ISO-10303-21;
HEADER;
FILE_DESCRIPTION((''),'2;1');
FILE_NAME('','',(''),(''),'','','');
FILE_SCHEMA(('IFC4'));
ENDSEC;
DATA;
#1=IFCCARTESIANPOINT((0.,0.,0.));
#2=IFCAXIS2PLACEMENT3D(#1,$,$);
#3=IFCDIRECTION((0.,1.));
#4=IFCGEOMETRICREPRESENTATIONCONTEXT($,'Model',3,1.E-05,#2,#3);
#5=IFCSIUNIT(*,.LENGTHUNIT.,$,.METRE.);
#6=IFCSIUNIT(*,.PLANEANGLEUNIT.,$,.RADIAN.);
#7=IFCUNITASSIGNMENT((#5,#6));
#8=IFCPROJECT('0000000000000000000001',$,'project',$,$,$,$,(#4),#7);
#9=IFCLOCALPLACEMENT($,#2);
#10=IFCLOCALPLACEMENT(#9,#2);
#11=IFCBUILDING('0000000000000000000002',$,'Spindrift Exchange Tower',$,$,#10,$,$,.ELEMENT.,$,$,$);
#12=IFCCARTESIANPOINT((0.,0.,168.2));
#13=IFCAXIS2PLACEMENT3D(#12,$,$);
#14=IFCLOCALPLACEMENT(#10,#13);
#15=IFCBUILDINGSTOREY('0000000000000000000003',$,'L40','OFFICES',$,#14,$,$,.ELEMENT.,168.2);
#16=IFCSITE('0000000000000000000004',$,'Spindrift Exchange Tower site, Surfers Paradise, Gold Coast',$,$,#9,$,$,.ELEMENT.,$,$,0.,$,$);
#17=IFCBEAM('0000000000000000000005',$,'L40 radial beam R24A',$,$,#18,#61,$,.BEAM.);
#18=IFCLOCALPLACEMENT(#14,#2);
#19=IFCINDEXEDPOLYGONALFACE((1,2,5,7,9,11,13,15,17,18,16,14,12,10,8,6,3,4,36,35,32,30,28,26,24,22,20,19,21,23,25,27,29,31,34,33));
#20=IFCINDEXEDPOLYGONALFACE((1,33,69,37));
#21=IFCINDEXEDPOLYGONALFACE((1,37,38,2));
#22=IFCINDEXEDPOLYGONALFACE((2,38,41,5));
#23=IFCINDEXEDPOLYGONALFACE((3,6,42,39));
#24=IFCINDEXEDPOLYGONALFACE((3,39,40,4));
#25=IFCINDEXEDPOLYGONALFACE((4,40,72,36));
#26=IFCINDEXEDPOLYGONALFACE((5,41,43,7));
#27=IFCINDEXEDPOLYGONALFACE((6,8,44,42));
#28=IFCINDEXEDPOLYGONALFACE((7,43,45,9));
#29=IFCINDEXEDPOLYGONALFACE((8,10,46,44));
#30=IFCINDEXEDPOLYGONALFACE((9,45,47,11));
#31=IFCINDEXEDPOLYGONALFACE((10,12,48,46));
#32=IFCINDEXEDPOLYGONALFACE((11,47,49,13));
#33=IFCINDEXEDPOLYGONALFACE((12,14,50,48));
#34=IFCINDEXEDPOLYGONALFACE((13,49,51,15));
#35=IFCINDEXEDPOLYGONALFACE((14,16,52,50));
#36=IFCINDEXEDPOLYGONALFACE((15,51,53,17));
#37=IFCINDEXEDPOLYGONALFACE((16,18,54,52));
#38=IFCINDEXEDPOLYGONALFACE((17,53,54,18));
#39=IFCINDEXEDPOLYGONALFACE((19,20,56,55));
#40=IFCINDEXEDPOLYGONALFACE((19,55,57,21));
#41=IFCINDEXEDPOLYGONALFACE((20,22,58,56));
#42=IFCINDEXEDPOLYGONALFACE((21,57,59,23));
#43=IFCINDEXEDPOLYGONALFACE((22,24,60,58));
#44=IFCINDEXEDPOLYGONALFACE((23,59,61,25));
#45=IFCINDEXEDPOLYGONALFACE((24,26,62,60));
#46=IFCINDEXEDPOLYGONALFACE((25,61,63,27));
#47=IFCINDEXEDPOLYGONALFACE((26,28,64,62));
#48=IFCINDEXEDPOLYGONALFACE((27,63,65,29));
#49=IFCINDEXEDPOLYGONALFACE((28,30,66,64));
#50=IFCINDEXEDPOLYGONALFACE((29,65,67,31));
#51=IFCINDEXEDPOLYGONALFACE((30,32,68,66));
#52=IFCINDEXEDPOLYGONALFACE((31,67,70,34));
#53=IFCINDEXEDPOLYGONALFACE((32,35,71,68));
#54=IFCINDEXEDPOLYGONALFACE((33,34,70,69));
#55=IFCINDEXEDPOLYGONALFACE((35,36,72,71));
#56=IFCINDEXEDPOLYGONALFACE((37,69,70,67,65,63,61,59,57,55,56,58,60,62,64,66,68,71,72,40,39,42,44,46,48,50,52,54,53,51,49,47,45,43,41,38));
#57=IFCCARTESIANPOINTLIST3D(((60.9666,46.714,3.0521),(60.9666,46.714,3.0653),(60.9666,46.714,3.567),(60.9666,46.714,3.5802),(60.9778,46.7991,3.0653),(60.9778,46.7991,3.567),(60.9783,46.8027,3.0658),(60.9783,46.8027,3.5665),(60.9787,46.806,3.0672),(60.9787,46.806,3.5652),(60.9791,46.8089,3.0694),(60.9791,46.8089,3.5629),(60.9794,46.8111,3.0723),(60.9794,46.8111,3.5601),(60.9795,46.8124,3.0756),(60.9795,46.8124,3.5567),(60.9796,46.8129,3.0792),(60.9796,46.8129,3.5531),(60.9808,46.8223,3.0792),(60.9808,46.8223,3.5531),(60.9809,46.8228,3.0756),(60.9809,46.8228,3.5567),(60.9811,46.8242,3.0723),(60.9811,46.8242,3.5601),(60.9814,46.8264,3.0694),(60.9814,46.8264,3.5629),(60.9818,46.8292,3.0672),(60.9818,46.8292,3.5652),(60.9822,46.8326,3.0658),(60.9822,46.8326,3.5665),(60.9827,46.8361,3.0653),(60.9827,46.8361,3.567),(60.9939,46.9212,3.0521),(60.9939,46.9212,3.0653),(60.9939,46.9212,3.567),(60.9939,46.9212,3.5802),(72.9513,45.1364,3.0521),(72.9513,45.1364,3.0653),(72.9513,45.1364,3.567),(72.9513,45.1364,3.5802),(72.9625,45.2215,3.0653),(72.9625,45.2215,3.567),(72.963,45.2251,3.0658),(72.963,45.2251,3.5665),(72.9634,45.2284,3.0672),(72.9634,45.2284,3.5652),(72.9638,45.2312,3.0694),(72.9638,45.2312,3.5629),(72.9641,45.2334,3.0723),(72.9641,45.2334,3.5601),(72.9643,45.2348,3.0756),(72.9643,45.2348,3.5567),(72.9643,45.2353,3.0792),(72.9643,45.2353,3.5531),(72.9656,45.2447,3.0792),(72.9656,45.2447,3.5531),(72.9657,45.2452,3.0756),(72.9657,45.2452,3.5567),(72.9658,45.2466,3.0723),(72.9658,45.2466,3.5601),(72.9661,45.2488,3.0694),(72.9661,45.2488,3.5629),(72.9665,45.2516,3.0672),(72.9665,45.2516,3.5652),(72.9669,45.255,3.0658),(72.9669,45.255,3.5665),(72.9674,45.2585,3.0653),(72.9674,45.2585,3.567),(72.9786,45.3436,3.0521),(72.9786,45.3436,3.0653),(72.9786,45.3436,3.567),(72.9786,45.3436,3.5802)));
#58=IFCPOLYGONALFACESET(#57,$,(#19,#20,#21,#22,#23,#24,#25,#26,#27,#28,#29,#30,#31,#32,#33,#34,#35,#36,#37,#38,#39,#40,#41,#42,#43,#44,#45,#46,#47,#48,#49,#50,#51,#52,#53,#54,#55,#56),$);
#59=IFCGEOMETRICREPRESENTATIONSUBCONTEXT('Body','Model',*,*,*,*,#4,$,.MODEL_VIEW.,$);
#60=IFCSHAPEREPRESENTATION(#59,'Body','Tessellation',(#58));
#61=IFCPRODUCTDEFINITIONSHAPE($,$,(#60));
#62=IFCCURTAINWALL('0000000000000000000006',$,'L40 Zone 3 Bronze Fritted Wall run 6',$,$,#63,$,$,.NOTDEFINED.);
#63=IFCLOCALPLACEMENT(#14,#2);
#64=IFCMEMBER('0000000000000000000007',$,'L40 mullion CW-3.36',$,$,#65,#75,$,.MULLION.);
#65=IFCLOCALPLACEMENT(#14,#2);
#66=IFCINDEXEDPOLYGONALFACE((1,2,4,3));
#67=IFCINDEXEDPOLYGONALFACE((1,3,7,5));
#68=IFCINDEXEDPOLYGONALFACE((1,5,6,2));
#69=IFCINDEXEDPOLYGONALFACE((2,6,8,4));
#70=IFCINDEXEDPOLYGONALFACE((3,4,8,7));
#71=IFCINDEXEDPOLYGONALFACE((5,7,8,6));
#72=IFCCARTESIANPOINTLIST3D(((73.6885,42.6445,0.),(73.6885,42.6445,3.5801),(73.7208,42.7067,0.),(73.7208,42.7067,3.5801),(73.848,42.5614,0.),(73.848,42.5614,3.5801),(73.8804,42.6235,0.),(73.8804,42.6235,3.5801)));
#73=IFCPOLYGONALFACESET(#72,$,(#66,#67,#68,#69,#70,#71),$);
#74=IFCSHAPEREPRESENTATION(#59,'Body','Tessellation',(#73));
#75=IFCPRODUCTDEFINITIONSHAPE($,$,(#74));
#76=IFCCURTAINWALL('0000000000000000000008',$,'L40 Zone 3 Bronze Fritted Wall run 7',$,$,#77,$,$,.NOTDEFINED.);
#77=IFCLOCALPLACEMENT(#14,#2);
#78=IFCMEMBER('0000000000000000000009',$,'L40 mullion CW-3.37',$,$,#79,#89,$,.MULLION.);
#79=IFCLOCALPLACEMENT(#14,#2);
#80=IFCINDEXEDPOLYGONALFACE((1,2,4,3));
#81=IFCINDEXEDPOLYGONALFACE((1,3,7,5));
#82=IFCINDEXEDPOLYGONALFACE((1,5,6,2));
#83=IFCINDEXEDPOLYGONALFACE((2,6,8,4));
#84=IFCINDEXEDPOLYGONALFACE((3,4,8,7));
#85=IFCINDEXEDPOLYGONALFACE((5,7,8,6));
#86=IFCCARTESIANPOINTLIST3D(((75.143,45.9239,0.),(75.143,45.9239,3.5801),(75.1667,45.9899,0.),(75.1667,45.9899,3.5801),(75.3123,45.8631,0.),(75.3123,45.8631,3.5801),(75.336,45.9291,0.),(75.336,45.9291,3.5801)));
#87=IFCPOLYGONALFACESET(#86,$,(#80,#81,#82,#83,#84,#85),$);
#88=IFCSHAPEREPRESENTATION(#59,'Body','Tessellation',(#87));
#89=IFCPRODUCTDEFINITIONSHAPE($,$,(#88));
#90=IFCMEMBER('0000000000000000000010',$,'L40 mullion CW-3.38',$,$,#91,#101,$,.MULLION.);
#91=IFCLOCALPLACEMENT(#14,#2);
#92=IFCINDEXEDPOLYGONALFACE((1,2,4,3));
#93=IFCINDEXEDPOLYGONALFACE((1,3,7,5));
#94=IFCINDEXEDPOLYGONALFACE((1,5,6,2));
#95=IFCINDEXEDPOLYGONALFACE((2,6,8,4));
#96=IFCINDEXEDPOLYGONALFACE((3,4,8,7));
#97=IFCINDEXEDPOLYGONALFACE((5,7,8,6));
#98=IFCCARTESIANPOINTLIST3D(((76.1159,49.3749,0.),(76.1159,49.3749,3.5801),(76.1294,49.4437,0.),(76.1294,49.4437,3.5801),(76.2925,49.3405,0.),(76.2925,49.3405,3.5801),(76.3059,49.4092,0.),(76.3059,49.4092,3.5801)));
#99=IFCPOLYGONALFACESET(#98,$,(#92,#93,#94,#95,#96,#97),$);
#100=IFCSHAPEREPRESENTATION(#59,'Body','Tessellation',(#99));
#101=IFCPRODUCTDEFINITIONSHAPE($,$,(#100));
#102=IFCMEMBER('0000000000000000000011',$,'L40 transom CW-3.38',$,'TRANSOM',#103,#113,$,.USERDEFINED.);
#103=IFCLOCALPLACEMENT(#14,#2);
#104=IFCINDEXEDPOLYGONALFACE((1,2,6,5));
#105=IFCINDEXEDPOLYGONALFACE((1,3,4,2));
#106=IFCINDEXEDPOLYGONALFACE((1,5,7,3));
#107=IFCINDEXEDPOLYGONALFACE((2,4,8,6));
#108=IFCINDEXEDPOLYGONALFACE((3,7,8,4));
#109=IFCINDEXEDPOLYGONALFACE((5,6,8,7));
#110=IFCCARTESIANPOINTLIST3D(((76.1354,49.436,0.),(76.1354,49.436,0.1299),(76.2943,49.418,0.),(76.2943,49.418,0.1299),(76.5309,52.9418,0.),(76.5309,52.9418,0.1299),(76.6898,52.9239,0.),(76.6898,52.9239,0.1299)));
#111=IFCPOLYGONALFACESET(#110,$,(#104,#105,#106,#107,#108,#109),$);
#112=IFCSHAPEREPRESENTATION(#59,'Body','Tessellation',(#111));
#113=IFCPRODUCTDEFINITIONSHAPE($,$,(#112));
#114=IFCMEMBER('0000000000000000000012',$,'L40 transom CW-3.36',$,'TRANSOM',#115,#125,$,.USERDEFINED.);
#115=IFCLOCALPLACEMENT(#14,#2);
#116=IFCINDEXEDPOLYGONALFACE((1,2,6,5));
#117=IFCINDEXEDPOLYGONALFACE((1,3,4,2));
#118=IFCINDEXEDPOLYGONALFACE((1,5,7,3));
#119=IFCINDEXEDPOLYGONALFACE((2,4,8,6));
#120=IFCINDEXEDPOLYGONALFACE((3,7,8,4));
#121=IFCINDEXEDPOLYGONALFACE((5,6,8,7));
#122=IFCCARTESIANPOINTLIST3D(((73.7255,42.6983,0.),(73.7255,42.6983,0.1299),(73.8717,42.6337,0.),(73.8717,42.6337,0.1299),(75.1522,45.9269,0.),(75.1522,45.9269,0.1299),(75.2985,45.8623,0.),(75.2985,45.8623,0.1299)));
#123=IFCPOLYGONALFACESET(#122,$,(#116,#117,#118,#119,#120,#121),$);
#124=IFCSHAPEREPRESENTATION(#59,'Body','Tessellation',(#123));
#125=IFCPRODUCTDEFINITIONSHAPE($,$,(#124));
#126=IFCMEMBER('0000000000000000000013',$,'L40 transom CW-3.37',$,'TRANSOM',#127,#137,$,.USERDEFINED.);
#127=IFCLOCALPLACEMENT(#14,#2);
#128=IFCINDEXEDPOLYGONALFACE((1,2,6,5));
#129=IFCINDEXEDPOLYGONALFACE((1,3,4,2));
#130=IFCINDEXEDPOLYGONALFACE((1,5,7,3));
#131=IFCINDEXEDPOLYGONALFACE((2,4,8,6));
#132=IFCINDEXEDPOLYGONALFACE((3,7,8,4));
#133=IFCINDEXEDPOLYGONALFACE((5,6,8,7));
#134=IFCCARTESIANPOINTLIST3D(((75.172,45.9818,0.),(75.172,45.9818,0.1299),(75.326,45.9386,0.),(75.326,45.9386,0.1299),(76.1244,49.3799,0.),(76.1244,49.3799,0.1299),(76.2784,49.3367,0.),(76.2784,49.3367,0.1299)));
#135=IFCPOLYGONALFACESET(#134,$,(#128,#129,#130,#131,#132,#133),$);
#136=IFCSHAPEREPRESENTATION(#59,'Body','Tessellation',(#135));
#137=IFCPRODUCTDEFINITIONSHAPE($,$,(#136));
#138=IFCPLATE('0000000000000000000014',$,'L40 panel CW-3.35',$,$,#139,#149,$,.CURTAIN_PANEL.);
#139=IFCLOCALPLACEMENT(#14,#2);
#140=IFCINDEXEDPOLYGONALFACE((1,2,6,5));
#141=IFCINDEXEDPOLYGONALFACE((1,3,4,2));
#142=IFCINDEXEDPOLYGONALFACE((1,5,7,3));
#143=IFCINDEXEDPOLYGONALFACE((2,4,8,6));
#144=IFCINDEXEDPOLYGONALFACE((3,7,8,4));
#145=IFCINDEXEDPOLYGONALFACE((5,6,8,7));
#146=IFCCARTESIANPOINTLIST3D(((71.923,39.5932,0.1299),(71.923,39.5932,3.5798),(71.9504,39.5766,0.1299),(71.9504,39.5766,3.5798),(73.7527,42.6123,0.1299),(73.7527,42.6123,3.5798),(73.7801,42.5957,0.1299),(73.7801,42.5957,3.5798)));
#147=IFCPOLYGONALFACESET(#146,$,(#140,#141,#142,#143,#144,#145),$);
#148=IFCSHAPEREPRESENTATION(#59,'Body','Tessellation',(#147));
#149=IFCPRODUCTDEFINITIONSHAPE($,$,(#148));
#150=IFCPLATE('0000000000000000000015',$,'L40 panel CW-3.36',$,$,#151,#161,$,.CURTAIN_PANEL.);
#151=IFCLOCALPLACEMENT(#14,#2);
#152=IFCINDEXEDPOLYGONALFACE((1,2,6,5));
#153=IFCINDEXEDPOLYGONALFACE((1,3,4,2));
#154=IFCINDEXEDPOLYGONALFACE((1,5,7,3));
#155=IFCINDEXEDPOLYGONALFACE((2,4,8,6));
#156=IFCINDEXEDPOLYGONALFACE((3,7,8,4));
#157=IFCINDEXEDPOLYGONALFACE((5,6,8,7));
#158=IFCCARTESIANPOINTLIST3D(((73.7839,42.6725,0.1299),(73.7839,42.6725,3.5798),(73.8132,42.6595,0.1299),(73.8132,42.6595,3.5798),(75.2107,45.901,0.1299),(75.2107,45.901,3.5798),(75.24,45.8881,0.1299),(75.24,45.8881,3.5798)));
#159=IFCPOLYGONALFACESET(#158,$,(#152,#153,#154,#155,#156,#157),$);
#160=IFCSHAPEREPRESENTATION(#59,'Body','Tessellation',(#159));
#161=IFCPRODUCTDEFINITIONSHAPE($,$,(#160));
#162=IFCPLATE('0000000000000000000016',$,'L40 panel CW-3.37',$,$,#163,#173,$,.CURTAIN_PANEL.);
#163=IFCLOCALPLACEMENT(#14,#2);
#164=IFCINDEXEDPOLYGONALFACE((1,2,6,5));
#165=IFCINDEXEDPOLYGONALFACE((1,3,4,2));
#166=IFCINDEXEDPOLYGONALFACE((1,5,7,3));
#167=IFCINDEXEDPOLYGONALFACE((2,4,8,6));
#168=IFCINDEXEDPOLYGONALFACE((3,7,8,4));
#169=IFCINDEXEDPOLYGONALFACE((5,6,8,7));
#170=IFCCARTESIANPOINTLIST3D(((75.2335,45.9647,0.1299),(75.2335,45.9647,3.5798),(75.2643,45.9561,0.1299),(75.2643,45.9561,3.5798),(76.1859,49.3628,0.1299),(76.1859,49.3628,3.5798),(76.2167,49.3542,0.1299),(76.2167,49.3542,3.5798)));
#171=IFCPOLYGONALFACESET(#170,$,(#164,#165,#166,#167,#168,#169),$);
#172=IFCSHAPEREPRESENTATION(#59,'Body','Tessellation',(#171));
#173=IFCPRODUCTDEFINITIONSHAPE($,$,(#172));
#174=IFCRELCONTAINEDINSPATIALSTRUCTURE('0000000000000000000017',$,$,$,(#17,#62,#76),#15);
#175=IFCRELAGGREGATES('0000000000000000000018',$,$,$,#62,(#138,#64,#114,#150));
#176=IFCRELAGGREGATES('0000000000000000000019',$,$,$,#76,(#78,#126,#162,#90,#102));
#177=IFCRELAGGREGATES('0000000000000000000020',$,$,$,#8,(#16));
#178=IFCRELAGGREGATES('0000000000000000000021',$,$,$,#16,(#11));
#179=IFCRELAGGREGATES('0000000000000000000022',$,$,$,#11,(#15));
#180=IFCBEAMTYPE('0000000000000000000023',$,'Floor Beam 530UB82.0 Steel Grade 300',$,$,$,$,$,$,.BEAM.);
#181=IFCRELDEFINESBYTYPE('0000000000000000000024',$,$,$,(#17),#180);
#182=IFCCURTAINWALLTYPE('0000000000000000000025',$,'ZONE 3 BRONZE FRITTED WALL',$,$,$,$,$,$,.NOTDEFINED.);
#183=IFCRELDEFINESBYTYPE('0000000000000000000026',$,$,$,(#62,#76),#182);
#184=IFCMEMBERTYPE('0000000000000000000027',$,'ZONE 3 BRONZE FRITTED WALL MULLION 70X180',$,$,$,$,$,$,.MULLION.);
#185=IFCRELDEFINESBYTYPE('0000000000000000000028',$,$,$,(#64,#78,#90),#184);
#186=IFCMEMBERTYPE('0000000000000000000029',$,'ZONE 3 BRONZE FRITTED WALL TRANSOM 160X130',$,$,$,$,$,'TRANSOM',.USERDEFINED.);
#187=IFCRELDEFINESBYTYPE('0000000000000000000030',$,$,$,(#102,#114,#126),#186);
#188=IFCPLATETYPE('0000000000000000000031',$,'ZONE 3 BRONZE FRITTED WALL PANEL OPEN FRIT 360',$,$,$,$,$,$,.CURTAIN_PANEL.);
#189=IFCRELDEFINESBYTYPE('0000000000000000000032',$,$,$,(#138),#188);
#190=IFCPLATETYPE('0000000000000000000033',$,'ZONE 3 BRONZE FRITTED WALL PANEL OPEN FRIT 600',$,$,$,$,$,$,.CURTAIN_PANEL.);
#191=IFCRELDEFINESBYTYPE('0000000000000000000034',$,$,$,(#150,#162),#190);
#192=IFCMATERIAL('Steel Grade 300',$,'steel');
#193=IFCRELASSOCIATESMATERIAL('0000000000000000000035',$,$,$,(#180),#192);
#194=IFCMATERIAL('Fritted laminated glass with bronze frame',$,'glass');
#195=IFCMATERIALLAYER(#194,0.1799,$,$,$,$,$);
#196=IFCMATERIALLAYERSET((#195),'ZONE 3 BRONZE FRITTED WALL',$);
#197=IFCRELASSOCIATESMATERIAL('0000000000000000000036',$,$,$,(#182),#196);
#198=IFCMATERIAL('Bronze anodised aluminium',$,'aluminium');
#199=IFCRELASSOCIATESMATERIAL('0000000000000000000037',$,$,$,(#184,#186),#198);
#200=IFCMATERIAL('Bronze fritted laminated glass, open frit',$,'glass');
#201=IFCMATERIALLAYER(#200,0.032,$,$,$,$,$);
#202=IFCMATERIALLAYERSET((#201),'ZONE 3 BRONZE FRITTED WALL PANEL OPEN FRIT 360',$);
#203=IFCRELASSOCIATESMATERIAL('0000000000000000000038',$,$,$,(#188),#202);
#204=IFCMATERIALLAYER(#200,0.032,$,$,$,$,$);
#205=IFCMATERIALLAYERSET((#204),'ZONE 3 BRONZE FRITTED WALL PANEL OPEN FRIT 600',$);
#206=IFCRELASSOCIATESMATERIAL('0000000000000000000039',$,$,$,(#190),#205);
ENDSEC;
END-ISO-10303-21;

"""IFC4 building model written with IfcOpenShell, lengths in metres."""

from ifc_helpers import new_model, si_unit, direction, frame, origin, origin_2d, place, context, subcontext, project, spatial, rectangle, i_section, extrude, source, transform, mapped, material, layer, layer_set, material_profile, profile_set, type_object, element, aggregate, save


model = new_model("IFC4")

# Units and contexts
model_context = context("Model", 3, precision=1e-05, world=origin(), true_north=direction((0.0, 1.0)))
body_context = subcontext(model_context, "Body", "Model", "MODEL_VIEW")
ifc_project = project(units=[si_unit("LENGTHUNIT", "METRE"), si_unit("PLANEANGLEUNIT", "RADIAN")], contexts=[model_context])

# Site, building, storey
site_placement = place(None, origin())
site = spatial("IfcSite", under=ifc_project, at=site_placement, Name="Spindrift Exchange Tower site, Surfers Paradise, Gold Coast", CompositionType="ELEMENT", RefElevation=0.0)
building_placement = place(site_placement, origin())
building = spatial("IfcBuilding", under=site, at=building_placement, Name="Spindrift Exchange Tower", CompositionType="ELEMENT")
storey_placement = place(building_placement, frame((0.0, 0.0, 168.2)))
storey = spatial("IfcBuildingStorey", under=building, at=storey_placement, Name="L40", Description="OFFICES", CompositionType="ELEMENT", Elevation=168.2)

# Beam
ifc_material_1 = material(Name="Steel Grade 300", Category="steel")
ifc_material_profile_1 = material_profile(ifc_material_1, i_section(OverallWidth=0.209, OverallDepth=0.5281, WebThickness=0.0095, FlangeThickness=0.0132, FilletRadius=0.0139, at=origin_2d()), Name="530UB82.0")
ifc_profile_set_1 = profile_set([ifc_material_profile_1], Name="Steel Grade 300")
beam_type_1 = type_object("IfcBeamType", Name="Floor Beam 530UB82.0 Steel Grade 300", PredefinedType="BEAM", material=ifc_profile_set_1)
shared_shape_1 = source(origin(), body_context, "Body", "SweptSolid", [
    extrude(i_section(OverallWidth=0.209, OverallDepth=0.5281, WebThickness=0.0095, FlangeThickness=0.0132, FilletRadius=0.0139, at=origin_2d()), origin(), (0.0, 0.0, 1.0), 12.0881),
])
beam_1_placement = place(storey_placement, frame((60.9802, 46.8176, 3.3162), z_axis=(0.991447, -0.13051, 0.0), x_axis=(0.13051, 0.991447, 0.0)))
element("IfcBeam", 1, at=beam_1_placement, inside=storey, type_object=beam_type_1, Name="L40 radial beam R24A", PredefinedType="BEAM", context=body_context, shape_type="MappedRepresentation", body=[
    mapped(shared_shape_1, transform((0.0, 0.0, 0.0), scale=1.0)),
])

# Curtain wall, member
ifc_material_2 = material(Name="Fritted laminated glass with bronze frame", Category="glass")
ifc_layer_1 = layer(ifc_material_2, 0.1799)
ifc_layer_set_1 = layer_set([ifc_layer_1], Name="ZONE 3 BRONZE FRITTED WALL")
curtain_wall_type = type_object("IfcCurtainWallType", Name="ZONE 3 BRONZE FRITTED WALL", PredefinedType="NOTDEFINED", material=ifc_layer_set_1)
curtain_wall_1_placement = place(storey_placement, origin())
curtain_wall_1 = element("IfcCurtainWall", 2, at=curtain_wall_1_placement, inside=storey, type_object=curtain_wall_type, Name="L40 Zone 3 Bronze Fritted Wall run 6", PredefinedType="NOTDEFINED")
ifc_material_3 = material(Name="Bronze anodised aluminium", Category="aluminium")
ifc_material_profile_2 = material_profile(ifc_material_3, rectangle(XDim=0.0701, YDim=0.1799, at=origin_2d()), Name="ZONE 3 BRONZE FRITTED WALL MULLION 70X180")
ifc_profile_set_2 = profile_set([ifc_material_profile_2], Name="Bronze anodised aluminium")
member_type_1 = type_object("IfcMemberType", Name="ZONE 3 BRONZE FRITTED WALL MULLION 70X180", PredefinedType="MULLION", material=ifc_profile_set_2)
shared_shape_2 = source(origin(), body_context, "Body", "SweptSolid", [
    extrude(rectangle(XDim=0.0701, YDim=0.1799, at=origin_2d()), origin(), (0.0, 0.0, 1.0), 3.5801),
])
member_1_placement = place(storey_placement, frame((73.7844, 42.634, 0.0), z_axis=(0.0, 0.0, 1.0), x_axis=(0.46221, 0.88677, 0.0)))
member_1 = element("IfcMember", 3, at=member_1_placement, type_object=member_type_1, Name="L40 mullion CW-3.36", PredefinedType="MULLION", context=body_context, shape_type="MappedRepresentation", body=[
    mapped(shared_shape_2, transform((0.0, 0.0, 0.0), scale=1.0)),
])

# Curtain wall, members
curtain_wall_2_placement = place(storey_placement, origin())
curtain_wall_2 = element("IfcCurtainWall", 4, at=curtain_wall_2_placement, inside=storey, type_object=curtain_wall_type, Name="L40 Zone 3 Bronze Fritted Wall run 7", PredefinedType="NOTDEFINED")
member_2_placement = place(storey_placement, frame((75.2395, 45.9265, 0.0), z_axis=(0.0, 0.0, 1.0), x_axis=(0.337905, 0.94118, 0.0)))
member_2 = element("IfcMember", 5, at=member_2_placement, type_object=member_type_1, Name="L40 mullion CW-3.37", PredefinedType="MULLION", context=body_context, shape_type="MappedRepresentation", body=[
    mapped(shared_shape_2, transform((0.0, 0.0, 0.0), scale=1.0)),
])
member_3_placement = place(storey_placement, frame((76.2109, 49.3921, 0.0), z_axis=(0.0, 0.0, 1.0), x_axis=(0.191597, 0.981474, 0.0)))
member_3 = element("IfcMember", 6, at=member_3_placement, type_object=member_type_1, Name="L40 mullion CW-3.38", PredefinedType="MULLION", context=body_context, shape_type="MappedRepresentation", body=[
    mapped(shared_shape_2, transform((0.0, 0.0, 0.0), scale=1.0)),
])
ifc_material_profile_3 = material_profile(ifc_material_3, rectangle(XDim=0.1599, YDim=0.1299, at=origin_2d()), Name="ZONE 3 BRONZE FRITTED WALL TRANSOM 160X130")
ifc_profile_set_3 = profile_set([ifc_material_profile_3], Name="Bronze anodised aluminium")
member_type_2 = type_object("IfcMemberType", Name="ZONE 3 BRONZE FRITTED WALL TRANSOM 160X130", ElementType="TRANSOM", PredefinedType="USERDEFINED", material=ifc_profile_set_3)
shared_shape_3 = source(origin(), body_context, "Body", "SweptSolid", [
    extrude(rectangle(XDim=0.1599, YDim=0.1299, at=origin_2d()), origin(), (0.0, 0.0, 1.0), 3.5281),
])
member_4_placement = place(storey_placement, frame((76.2148, 49.427, 0.0649), z_axis=(0.112102, 0.993697, 0.0), x_axis=(-0.993697, 0.112102, 0.0)))
member_4 = element("IfcMember", 7, at=member_4_placement, type_object=member_type_2, Name="L40 transom CW-3.38", ObjectType="TRANSOM", PredefinedType="USERDEFINED", context=body_context, shape_type="MappedRepresentation", body=[
    mapped(shared_shape_3, transform((0.0, 0.0, 0.0), scale=1.0)),
])

# Members
shared_shape_4 = source(origin(), body_context, "Body", "SweptSolid", [
    extrude(rectangle(XDim=0.1599, YDim=0.1299, at=origin_2d()), origin(), (0.0, 0.0, 1.0), 3.5298),
])
member_5_placement = place(storey_placement, frame((73.7986, 42.666, 0.0649), z_axis=(0.404212, 0.914665, 0.0), x_axis=(-0.914665, 0.404212, 0.0)))
member_5 = element("IfcMember", 8, at=member_5_placement, type_object=member_type_2, Name="L40 transom CW-3.36", ObjectType="TRANSOM", PredefinedType="USERDEFINED", context=body_context, shape_type="MappedRepresentation", body=[
    mapped(shared_shape_4, transform((0.0, 0.0, 0.0), scale=1.0)),
])
shared_shape_5 = source(origin(), body_context, "Body", "SweptSolid", [
    extrude(rectangle(XDim=0.1599, YDim=0.1299, at=origin_2d()), origin(), (0.0, 0.0, 1.0), 3.5291),
])
member_6_placement = place(storey_placement, frame((75.249, 45.9602, 0.0649), z_axis=(0.269866, 0.962898, 0.0), x_axis=(-0.962898, 0.269866, 0.0)))
member_6 = element("IfcMember", 9, at=member_6_placement, type_object=member_type_2, Name="L40 transom CW-3.37", ObjectType="TRANSOM", PredefinedType="USERDEFINED", context=body_context, shape_type="MappedRepresentation", body=[
    mapped(shared_shape_5, transform((0.0, 0.0, 0.0), scale=1.0)),
])

# Plates
ifc_material_4 = material(Name="Bronze fritted laminated glass, open frit", Category="glass")
ifc_layer_2 = layer(ifc_material_4, 0.032)
ifc_layer_set_2 = layer_set([ifc_layer_2], Name="ZONE 3 BRONZE FRITTED WALL PANEL OPEN FRIT 360")
plate_type_1 = type_object("IfcPlateType", Name="ZONE 3 BRONZE FRITTED WALL PANEL OPEN FRIT 360", PredefinedType="CURTAIN_PANEL", material=ifc_layer_set_2)
shared_shape_6 = source(origin(), body_context, "Body", "SweptSolid", [
    extrude(rectangle(XDim=3.5303, YDim=0.032, at=origin_2d()), origin(), (0.0, 0.0, 1.0), 3.45),
])
plate_1_placement = place(storey_placement, frame((72.8516, 41.0945, 0.1299), z_axis=(0.0, 0.0, 1.0), x_axis=(0.51829, 0.855205, 0.0)))
plate_1 = element("IfcPlate", 10, at=plate_1_placement, type_object=plate_type_1, Name="L40 panel CW-3.35", PredefinedType="CURTAIN_PANEL", context=body_context, shape_type="MappedRepresentation", body=[
    mapped(shared_shape_6, transform((0.0, 0.0, 0.0), scale=1.0)),
])
ifc_layer_3 = layer(ifc_material_4, 0.032)
ifc_layer_set_3 = layer_set([ifc_layer_3], Name="ZONE 3 BRONZE FRITTED WALL PANEL OPEN FRIT 600")
plate_type_2 = type_object("IfcPlateType", Name="ZONE 3 BRONZE FRITTED WALL PANEL OPEN FRIT 600", PredefinedType="CURTAIN_PANEL", material=ifc_layer_set_3)
shared_shape_7 = source(origin(), body_context, "Body", "SweptSolid", [
    extrude(rectangle(XDim=3.5298, YDim=0.032, at=origin_2d()), origin(), (0.0, 0.0, 1.0), 3.45),
])
plate_2_placement = place(storey_placement, frame((74.512, 44.2803, 0.1299), z_axis=(0.0, 0.0, 1.0), x_axis=(0.404217, 0.914663, 0.0)))
plate_2 = element("IfcPlate", 11, at=plate_2_placement, type_object=plate_type_2, Name="L40 panel CW-3.36", PredefinedType="CURTAIN_PANEL", context=body_context, shape_type="MappedRepresentation", body=[
    mapped(shared_shape_7, transform((0.0, 0.0, 0.0), scale=1.0)),
])
aggregate(curtain_wall_1, [plate_1, member_1, member_5, plate_2])
shared_shape_8 = source(origin(), body_context, "Body", "SweptSolid", [
    extrude(rectangle(XDim=3.5291, YDim=0.032, at=origin_2d()), origin(), (0.0, 0.0, 1.0), 3.45),
])
plate_3_placement = place(storey_placement, frame((75.7251, 47.6594, 0.1299), z_axis=(0.0, 0.0, 1.0), x_axis=(0.269869, 0.962897, 0.0)))
plate_3 = element("IfcPlate", 12, at=plate_3_placement, type_object=plate_type_2, Name="L40 panel CW-3.37", PredefinedType="CURTAIN_PANEL", context=body_context, shape_type="MappedRepresentation", body=[
    mapped(shared_shape_8, transform((0.0, 0.0, 0.0), scale=1.0)),
])
aggregate(curtain_wall_2, [member_2, member_6, plate_3, member_3, member_4])

save(model, "model.ifc")
